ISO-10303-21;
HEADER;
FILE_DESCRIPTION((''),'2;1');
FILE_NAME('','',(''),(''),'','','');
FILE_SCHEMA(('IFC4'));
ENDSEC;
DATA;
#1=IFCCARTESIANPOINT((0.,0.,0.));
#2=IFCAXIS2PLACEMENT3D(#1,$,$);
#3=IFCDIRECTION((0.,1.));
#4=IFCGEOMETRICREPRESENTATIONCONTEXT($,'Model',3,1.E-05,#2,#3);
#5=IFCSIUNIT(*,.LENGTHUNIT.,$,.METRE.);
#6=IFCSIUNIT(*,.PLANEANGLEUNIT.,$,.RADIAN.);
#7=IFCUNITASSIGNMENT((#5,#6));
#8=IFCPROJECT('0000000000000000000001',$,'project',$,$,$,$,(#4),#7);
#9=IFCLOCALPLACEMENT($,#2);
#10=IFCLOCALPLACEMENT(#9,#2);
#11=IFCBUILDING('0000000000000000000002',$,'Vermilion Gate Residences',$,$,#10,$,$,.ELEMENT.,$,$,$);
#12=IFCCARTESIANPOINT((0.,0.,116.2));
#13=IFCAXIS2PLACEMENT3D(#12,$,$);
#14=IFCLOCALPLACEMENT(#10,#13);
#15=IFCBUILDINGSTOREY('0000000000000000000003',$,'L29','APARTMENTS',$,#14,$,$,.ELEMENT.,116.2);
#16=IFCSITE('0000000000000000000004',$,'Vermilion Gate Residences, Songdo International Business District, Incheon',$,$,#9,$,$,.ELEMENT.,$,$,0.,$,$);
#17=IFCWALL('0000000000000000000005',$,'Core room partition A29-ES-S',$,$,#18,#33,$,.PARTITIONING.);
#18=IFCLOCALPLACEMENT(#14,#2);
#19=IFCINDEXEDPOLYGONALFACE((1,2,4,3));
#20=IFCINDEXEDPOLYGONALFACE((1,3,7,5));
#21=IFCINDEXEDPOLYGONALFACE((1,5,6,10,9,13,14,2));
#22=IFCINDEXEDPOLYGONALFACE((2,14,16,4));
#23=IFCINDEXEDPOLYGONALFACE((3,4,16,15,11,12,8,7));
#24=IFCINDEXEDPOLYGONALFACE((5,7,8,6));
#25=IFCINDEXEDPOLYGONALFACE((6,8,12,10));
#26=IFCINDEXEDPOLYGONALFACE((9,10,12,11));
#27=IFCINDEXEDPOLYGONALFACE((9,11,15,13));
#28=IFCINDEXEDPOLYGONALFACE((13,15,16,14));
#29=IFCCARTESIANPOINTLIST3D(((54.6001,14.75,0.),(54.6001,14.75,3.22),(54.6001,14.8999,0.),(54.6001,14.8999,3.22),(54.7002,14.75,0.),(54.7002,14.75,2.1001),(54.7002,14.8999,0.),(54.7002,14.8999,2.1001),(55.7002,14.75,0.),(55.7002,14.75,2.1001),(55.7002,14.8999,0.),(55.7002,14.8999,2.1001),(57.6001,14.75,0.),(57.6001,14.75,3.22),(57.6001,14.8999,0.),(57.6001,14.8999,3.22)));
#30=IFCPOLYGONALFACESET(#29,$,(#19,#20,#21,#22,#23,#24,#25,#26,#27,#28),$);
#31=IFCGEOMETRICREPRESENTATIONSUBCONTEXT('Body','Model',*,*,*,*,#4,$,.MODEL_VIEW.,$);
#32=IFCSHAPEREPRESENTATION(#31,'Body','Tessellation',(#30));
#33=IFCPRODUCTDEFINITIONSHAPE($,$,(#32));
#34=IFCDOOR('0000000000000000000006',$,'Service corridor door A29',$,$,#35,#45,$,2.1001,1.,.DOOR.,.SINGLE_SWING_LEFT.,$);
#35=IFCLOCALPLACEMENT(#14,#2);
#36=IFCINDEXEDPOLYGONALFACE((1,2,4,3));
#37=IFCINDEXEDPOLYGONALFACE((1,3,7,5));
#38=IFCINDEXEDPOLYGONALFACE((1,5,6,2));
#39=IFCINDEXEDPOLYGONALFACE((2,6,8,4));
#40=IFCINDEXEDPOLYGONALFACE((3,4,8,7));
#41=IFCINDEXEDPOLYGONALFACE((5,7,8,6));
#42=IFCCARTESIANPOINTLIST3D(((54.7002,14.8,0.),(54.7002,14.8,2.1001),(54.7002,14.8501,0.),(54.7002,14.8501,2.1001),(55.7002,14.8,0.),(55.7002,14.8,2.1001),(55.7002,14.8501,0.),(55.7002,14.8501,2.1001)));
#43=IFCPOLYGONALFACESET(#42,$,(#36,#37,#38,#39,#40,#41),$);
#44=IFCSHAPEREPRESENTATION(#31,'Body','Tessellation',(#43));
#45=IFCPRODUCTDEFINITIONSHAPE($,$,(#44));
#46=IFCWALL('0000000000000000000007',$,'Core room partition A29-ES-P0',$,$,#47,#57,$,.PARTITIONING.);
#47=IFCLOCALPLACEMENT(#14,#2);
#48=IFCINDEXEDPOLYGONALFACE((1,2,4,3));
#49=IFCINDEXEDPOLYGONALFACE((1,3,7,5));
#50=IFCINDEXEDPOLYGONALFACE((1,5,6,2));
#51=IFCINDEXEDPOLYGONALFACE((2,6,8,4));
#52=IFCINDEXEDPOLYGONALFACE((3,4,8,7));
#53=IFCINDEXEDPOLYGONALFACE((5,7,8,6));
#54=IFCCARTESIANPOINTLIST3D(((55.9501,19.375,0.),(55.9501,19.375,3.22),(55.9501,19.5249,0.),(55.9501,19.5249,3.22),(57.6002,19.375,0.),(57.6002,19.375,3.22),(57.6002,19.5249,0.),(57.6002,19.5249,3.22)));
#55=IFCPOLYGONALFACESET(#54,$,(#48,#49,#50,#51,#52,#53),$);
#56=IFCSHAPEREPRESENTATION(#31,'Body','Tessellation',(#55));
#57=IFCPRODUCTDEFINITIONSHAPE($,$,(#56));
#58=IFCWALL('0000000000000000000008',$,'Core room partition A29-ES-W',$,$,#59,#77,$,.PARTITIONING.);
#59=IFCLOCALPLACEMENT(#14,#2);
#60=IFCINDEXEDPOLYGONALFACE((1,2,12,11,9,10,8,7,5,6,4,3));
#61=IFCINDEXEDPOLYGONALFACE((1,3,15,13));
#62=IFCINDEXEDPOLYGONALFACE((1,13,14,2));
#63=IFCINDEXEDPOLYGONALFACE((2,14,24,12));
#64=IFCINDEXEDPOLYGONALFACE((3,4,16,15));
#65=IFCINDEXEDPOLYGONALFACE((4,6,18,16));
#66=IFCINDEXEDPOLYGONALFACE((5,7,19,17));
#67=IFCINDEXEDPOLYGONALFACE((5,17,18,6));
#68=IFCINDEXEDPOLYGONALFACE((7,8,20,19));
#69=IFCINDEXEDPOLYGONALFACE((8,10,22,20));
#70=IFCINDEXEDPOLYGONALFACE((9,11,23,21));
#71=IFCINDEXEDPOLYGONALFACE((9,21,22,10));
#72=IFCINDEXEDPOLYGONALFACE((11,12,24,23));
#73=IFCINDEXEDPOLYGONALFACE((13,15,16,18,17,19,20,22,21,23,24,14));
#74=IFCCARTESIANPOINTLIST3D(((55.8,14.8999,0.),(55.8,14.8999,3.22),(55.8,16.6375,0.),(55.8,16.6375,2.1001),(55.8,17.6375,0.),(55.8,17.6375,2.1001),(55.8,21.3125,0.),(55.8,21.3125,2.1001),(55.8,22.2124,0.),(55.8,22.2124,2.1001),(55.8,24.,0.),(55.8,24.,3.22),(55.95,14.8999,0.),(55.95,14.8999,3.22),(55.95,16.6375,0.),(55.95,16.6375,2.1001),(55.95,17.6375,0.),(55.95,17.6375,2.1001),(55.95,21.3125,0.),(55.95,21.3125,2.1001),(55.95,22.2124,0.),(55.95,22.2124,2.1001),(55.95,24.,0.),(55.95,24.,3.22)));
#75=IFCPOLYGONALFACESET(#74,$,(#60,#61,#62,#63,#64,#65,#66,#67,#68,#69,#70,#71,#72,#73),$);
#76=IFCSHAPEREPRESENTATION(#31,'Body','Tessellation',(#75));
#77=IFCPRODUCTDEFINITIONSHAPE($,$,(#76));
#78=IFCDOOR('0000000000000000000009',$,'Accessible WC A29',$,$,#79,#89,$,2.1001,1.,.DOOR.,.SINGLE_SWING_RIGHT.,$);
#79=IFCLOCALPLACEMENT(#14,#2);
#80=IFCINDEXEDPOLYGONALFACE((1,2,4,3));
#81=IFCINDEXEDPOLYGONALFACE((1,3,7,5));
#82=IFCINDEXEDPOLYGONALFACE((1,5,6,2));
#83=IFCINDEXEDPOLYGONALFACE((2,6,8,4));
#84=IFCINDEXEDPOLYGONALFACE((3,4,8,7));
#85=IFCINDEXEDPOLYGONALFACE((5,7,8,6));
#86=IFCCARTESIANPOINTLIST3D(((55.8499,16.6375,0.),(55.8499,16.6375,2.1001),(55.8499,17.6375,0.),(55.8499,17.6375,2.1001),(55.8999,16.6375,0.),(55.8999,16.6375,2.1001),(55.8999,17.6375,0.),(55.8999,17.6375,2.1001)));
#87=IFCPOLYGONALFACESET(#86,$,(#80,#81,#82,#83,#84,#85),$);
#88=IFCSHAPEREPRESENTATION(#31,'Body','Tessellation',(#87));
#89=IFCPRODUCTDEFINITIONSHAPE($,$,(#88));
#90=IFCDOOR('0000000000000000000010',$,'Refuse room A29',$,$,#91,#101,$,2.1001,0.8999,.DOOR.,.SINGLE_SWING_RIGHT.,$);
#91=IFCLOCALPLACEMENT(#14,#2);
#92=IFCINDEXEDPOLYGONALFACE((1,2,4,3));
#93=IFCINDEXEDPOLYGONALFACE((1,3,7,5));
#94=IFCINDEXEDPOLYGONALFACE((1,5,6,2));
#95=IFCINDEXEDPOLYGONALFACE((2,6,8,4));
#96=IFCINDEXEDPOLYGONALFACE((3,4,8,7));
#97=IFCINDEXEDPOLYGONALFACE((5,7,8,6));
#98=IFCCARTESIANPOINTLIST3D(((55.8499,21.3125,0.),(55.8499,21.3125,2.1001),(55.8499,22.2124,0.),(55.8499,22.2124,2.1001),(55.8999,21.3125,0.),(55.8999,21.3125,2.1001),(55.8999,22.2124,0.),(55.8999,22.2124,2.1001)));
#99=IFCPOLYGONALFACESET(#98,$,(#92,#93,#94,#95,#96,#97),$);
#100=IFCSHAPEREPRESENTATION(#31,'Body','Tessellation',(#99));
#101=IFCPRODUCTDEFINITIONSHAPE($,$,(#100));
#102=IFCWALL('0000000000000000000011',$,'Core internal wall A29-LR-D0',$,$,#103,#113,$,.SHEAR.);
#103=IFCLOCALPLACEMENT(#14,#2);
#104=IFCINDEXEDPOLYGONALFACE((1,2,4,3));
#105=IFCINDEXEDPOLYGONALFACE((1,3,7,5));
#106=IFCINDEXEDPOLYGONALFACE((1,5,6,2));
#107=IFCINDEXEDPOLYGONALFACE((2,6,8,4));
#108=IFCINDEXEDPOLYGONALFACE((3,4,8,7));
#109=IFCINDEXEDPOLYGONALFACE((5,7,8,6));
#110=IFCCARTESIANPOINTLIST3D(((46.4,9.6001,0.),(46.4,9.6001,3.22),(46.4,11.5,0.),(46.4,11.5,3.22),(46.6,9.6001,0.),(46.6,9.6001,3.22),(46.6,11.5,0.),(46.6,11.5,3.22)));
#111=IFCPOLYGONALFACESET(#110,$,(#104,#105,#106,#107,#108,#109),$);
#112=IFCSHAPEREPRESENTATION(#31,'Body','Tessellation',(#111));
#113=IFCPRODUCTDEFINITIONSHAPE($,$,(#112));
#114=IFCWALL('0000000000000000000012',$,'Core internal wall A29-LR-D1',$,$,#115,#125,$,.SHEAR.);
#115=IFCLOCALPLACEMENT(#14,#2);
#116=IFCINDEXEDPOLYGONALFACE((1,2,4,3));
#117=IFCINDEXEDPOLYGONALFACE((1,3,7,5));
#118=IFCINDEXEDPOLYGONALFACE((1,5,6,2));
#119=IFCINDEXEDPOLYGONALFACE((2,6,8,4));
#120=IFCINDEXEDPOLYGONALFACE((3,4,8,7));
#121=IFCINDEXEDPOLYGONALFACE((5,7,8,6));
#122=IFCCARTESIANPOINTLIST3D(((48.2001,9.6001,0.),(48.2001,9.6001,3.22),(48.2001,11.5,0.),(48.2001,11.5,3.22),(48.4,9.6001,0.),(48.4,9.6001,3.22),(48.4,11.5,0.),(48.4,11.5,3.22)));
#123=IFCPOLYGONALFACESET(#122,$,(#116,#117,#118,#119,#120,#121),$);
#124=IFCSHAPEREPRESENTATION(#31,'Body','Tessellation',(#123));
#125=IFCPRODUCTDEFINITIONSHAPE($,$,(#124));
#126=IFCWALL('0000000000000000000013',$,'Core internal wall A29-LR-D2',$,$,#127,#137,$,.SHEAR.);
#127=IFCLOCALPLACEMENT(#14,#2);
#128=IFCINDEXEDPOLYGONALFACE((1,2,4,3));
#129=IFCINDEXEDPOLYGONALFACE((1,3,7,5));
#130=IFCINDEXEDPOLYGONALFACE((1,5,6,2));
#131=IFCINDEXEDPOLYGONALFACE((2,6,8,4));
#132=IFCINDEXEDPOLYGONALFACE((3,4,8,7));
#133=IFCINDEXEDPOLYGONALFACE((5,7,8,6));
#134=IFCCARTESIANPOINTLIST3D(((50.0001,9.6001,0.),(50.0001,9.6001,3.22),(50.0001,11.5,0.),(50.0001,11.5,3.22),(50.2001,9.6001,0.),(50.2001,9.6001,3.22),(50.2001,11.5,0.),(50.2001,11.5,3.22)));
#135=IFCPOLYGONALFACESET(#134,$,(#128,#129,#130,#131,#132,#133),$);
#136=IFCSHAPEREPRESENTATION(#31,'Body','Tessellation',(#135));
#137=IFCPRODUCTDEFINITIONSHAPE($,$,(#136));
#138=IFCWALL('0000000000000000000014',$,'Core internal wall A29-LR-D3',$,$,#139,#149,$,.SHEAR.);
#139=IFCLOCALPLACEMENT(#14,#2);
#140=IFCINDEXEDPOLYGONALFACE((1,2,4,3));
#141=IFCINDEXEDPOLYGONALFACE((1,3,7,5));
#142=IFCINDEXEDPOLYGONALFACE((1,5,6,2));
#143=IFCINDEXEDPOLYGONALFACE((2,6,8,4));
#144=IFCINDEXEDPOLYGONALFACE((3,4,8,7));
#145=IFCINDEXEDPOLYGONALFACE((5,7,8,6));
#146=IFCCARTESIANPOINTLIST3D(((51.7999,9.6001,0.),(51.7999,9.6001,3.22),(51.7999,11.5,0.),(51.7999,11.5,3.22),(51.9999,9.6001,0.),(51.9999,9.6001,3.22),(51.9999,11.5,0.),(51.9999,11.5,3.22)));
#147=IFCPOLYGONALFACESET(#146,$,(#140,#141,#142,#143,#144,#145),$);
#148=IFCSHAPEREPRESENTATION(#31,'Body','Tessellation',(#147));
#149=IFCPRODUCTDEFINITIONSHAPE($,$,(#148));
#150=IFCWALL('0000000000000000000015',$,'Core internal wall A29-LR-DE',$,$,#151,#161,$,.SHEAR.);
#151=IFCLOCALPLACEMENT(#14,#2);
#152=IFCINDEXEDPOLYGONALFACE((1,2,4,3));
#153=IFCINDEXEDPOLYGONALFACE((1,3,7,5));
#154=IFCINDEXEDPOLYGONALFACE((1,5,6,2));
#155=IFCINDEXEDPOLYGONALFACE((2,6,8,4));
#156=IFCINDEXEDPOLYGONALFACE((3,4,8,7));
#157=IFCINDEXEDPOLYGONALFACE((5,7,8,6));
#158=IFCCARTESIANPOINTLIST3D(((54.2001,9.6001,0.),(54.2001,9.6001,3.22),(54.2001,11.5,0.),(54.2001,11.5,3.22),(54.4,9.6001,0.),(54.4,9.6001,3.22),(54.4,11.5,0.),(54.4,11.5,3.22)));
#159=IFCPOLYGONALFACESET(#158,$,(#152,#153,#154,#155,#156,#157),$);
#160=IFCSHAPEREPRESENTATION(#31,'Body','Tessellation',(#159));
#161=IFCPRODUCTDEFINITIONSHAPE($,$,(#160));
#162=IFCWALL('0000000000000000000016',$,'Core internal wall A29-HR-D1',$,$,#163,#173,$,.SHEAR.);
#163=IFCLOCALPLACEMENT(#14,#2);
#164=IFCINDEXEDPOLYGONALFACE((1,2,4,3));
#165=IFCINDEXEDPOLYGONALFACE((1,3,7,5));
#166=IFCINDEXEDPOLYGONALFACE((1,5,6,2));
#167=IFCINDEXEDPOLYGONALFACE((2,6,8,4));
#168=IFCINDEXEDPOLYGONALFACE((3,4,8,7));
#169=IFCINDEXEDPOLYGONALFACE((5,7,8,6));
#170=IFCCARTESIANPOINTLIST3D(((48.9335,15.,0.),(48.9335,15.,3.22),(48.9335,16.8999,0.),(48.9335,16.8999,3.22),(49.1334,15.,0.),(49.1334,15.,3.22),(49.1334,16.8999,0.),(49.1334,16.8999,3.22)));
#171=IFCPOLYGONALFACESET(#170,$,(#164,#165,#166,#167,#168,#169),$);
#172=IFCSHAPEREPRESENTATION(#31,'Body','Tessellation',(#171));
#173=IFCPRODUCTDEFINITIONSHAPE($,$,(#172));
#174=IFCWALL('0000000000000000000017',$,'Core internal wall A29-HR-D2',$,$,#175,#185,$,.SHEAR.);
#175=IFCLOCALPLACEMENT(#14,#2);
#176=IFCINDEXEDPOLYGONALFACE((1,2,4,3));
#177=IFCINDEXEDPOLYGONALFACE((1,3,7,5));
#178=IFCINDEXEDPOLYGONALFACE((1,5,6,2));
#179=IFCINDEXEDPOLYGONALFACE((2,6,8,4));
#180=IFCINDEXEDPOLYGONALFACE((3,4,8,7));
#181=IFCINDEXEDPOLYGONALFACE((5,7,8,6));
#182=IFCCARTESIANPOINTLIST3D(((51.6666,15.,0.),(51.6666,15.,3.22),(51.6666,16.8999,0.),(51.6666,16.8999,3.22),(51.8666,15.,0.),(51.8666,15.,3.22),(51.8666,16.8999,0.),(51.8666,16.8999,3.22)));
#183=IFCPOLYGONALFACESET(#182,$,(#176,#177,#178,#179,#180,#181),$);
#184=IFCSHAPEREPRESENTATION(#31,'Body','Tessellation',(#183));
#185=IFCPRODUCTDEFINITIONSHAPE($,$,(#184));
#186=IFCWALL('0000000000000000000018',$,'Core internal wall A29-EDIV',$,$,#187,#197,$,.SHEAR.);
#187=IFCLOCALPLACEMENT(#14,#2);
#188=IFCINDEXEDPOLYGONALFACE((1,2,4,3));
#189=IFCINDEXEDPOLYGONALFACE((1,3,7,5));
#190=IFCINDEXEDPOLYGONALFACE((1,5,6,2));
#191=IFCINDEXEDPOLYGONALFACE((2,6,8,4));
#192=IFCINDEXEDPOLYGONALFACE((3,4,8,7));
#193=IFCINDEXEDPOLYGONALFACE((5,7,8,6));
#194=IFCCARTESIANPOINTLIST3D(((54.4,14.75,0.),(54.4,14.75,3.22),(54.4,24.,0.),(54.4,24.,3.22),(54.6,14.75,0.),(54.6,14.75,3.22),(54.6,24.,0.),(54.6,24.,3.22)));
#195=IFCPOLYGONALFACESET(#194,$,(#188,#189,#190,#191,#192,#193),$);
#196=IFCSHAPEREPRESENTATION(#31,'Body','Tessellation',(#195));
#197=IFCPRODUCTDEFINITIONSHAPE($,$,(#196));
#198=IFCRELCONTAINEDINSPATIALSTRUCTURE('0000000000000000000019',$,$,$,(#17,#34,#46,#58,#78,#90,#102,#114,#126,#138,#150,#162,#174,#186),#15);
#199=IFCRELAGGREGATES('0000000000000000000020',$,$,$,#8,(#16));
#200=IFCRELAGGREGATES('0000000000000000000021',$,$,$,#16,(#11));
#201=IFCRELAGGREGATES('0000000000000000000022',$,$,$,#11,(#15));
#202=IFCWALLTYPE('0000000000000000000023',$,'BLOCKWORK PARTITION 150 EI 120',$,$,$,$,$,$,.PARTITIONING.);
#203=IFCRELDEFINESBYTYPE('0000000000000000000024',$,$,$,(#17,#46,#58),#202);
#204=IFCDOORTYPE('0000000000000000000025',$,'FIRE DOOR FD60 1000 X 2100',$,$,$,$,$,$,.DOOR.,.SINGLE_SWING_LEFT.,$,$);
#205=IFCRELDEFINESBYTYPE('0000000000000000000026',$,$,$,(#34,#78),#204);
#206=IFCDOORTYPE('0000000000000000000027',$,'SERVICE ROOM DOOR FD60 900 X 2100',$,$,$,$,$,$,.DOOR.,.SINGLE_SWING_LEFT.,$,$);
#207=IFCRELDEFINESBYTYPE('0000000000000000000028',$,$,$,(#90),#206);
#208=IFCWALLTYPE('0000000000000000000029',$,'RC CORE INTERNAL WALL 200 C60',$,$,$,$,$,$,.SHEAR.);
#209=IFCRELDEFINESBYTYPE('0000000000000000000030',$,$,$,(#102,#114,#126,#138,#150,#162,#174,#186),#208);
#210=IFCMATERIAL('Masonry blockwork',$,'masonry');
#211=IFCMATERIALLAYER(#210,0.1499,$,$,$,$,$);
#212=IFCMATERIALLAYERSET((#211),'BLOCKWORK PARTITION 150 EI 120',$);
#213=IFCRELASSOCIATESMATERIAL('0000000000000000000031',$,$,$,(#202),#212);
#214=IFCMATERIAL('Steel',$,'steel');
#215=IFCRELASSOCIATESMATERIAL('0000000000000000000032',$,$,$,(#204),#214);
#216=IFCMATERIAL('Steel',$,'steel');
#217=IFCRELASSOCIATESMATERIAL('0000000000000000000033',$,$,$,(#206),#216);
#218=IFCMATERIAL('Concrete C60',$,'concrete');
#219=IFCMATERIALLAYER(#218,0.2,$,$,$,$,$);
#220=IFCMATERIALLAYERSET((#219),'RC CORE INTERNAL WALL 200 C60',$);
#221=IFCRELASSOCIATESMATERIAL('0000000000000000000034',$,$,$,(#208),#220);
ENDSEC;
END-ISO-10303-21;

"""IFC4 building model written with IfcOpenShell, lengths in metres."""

from ifc_helpers import new_model, si_unit, direction, frame, frame_2d, origin, place, context, subcontext, project, spatial, rectangle, extrude, material, layer, layer_set, type_object, element, fill, save


model = new_model("IFC4")

# Units and contexts
model_context = context("Model", 3, precision=1e-05, world=origin(), true_north=direction((0.0, 1.0)))
body_context = subcontext(model_context, "Body", "Model", "MODEL_VIEW")
ifc_project = project(units=[si_unit("LENGTHUNIT", "METRE"), si_unit("PLANEANGLEUNIT", "RADIAN")], contexts=[model_context])

# Site, building, storey
site_placement = place(None, origin())
site = spatial("IfcSite", under=ifc_project, at=site_placement, Name="Vermilion Gate Residences, Songdo International Business District, Incheon", CompositionType="ELEMENT", RefElevation=0.0)
building_placement = place(site_placement, origin())
building = spatial("IfcBuilding", under=site, at=building_placement, Name="Vermilion Gate Residences", CompositionType="ELEMENT")
storey_placement = place(building_placement, frame((0.0, 0.0, 116.2)))
storey = spatial("IfcBuildingStorey", under=building, at=storey_placement, Name="L29", Description="APARTMENTS", CompositionType="ELEMENT", Elevation=116.2)

# Wall, opening, door
ifc_material_1 = material(Name="Masonry blockwork", Category="masonry")
ifc_layer_1 = layer(ifc_material_1, 0.1499)
ifc_layer_set_1 = layer_set([ifc_layer_1], Name="BLOCKWORK PARTITION 150 EI 120")
wall_type_1 = type_object("IfcWallType", Name="BLOCKWORK PARTITION 150 EI 120", PredefinedType="PARTITIONING", material=ifc_layer_set_1)
wall_1_placement = place(storey_placement, frame((54.6001, 14.825, 0.0), z_axis=(0.0, 0.0, 1.0), x_axis=(1.0, 0.0, 0.0)))
wall_1 = element("IfcWall", 1, at=wall_1_placement, inside=storey, type_object=wall_type_1, Name="Core room partition A29-ES-S", PredefinedType="PARTITIONING", context=body_context, shape_type="SweptSolid", body=[
    extrude(rectangle(XDim=3.0, YDim=0.1499, at=frame_2d((1.5, 0.0))), origin(), (0.0, 0.0, 1.0), 3.22),
])
opening_1_placement = place(wall_1_placement, frame((0.1001, 0.0, 0.0)))
opening_1 = element("IfcOpeningElement", 2, at=opening_1_placement, cuts=wall_1, PredefinedType="OPENING", context=body_context, shape_type="SweptSolid", body=[
    extrude(rectangle(XDim=1.0, YDim=2.1001, at=frame_2d((0.5, 1.05))), frame((0.0, 0.085, 0.0), z_axis=(0.0, -1.0, 0.0), x_axis=(1.0, 0.0, 0.0)), (0.0, 0.0, 1.0), 0.1699),
])
ifc_material_2 = material(Name="Steel", Category="steel")
door_type_1 = type_object("IfcDoorType", Name="FIRE DOOR FD60 1000 X 2100", OperationType="SINGLE_SWING_LEFT", PredefinedType="DOOR", material=ifc_material_2)
door_1_placement = place(opening_1_placement, frame((1.0, 0.0, 0.0), z_axis=(0.0, 0.0, 1.0), x_axis=(-1.0, 0.0, 0.0)))
door_1 = element("IfcDoor", 3, at=door_1_placement, inside=storey, type_object=door_type_1, Name="Service corridor door A29", OperationType="SINGLE_SWING_LEFT", OverallHeight=2.1001, OverallWidth=1.0, PredefinedType="DOOR", context=body_context, shape_type="SweptSolid", body=[
    extrude(rectangle(XDim=1.0, YDim=2.1001, at=frame_2d((0.5, 1.05))), frame((0.0, 0.0249, 0.0), z_axis=(0.0, -1.0, 0.0), x_axis=(1.0, 0.0, 0.0)), (0.0, 0.0, 1.0), 0.05),
])
fill(opening_1, door_1)

# Wall
wall_2_placement = place(storey_placement, frame((55.95, 19.45, 0.0), z_axis=(0.0, 0.0, 1.0), x_axis=(1.0, 0.0, 0.0)))
element("IfcWall", 4, at=wall_2_placement, inside=storey, type_object=wall_type_1, Name="Core room partition A29-ES-P0", PredefinedType="PARTITIONING", context=body_context, shape_type="SweptSolid", body=[
    extrude(rectangle(XDim=1.6501, YDim=0.1499, at=frame_2d((0.8252, 0.0))), origin(), (0.0, 0.0, 1.0), 3.22),
])

# Wall, openings, doors
wall_3_placement = place(storey_placement, frame((55.875, 14.8999, 0.0), z_axis=(0.0, 0.0, 1.0), x_axis=(0.0, 1.0, 0.0)))
wall_3 = element("IfcWall", 5, at=wall_3_placement, inside=storey, type_object=wall_type_1, Name="Core room partition A29-ES-W", PredefinedType="PARTITIONING", context=body_context, shape_type="SweptSolid", body=[
    extrude(rectangle(XDim=9.1001, YDim=0.1499, at=frame_2d((4.55, 0.0))), origin(), (0.0, 0.0, 1.0), 3.22),
])
opening_2_placement = place(wall_3_placement, frame((1.7375, 0.0, 0.0)))
opening_2 = element("IfcOpeningElement", 6, at=opening_2_placement, cuts=wall_3, PredefinedType="OPENING", context=body_context, shape_type="SweptSolid", body=[
    extrude(rectangle(XDim=1.0, YDim=2.1001, at=frame_2d((0.5, 1.05))), frame((0.0, 0.085, 0.0), z_axis=(0.0, -1.0, 0.0), x_axis=(1.0, 0.0, 0.0)), (0.0, 0.0, 1.0), 0.1699),
])
opening_3_placement = place(wall_3_placement, frame((6.4126, 0.0, 0.0)))
opening_3 = element("IfcOpeningElement", 7, at=opening_3_placement, cuts=wall_3, PredefinedType="OPENING", context=body_context, shape_type="SweptSolid", body=[
    extrude(rectangle(XDim=0.8999, YDim=2.1001, at=frame_2d((0.45, 1.05))), frame((0.0, 0.085, 0.0), z_axis=(0.0, -1.0, 0.0), x_axis=(1.0, 0.0, 0.0)), (0.0, 0.0, 1.0), 0.1699),
])
door_2_placement = place(opening_2_placement, frame((1.0, 0.0, 0.0), z_axis=(0.0, 0.0, 1.0), x_axis=(-1.0, 0.0, 0.0)))
door_2 = element("IfcDoor", 8, at=door_2_placement, inside=storey, type_object=door_type_1, Name="Accessible WC A29", OperationType="SINGLE_SWING_RIGHT", OverallHeight=2.1001, OverallWidth=1.0, PredefinedType="DOOR", context=body_context, shape_type="SweptSolid", body=[
    extrude(rectangle(XDim=1.0, YDim=2.1001, at=frame_2d((0.5, 1.05))), frame((0.0, 0.0249, 0.0), z_axis=(0.0, -1.0, 0.0), x_axis=(1.0, 0.0, 0.0)), (0.0, 0.0, 1.0), 0.05),
])
fill(opening_2, door_2)
ifc_material_3 = material(Name="Steel", Category="steel")
door_type_2 = type_object("IfcDoorType", Name="SERVICE ROOM DOOR FD60 900 X 2100", OperationType="SINGLE_SWING_LEFT", PredefinedType="DOOR", material=ifc_material_3)
door_3_placement = place(opening_3_placement, frame((0.8999, 0.0, 0.0), z_axis=(0.0, 0.0, 1.0), x_axis=(-1.0, 0.0, 0.0)))
door_3 = element("IfcDoor", 9, at=door_3_placement, inside=storey, type_object=door_type_2, Name="Refuse room A29", OperationType="SINGLE_SWING_RIGHT", OverallHeight=2.1001, OverallWidth=0.8999, PredefinedType="DOOR", context=body_context, shape_type="SweptSolid", body=[
    extrude(rectangle(XDim=0.8999, YDim=2.1001, at=frame_2d((0.45, 1.05))), frame((0.0, 0.0249, 0.0), z_axis=(0.0, -1.0, 0.0), x_axis=(1.0, 0.0, 0.0)), (0.0, 0.0, 1.0), 0.05),
])
fill(opening_3, door_3)

# Walls
ifc_material_4 = material(Name="Concrete C60", Category="concrete")
ifc_layer_2 = layer(ifc_material_4, 0.2)
ifc_layer_set_2 = layer_set([ifc_layer_2], Name="RC CORE INTERNAL WALL 200 C60")
wall_type_2 = type_object("IfcWallType", Name="RC CORE INTERNAL WALL 200 C60", PredefinedType="SHEAR", material=ifc_layer_set_2)
for number, where, z_axis, x_axis, name in (
    (10, (46.5, 9.6001, 0.0), (0.0, 0.0, 1.0), (0.0, 1.0, 0.0), "Core internal wall A29-LR-D0"),
    (11, (48.3, 9.6001, 0.0), (0.0, 0.0, 1.0), (0.0, 1.0, 0.0), "Core internal wall A29-LR-D1"),
    (12, (50.1001, 9.6001, 0.0), (0.0, 0.0, 1.0), (0.0, 1.0, 0.0), "Core internal wall A29-LR-D2"),
    (13, (51.8999, 9.6001, 0.0), (0.0, 0.0, 1.0), (0.0, 1.0, 0.0), "Core internal wall A29-LR-D3"),
    (14, (54.3, 9.6001, 0.0), (0.0, 0.0, 1.0), (0.0, 1.0, 0.0), "Core internal wall A29-LR-DE"),
    (15, (49.0334, 15.0, 0.0), (0.0, 0.0, 1.0), (0.0, 1.0, 0.0), "Core internal wall A29-HR-D1"),
    (16, (51.7666, 15.0, 0.0), (0.0, 0.0, 1.0), (0.0, 1.0, 0.0), "Core internal wall A29-HR-D2"),
):
    element("IfcWall", number, at=place(storey_placement, frame(where, z_axis=z_axis, x_axis=x_axis)), inside=storey, type_object=wall_type_2, Name=name, PredefinedType="SHEAR", context=body_context, shape_type="SweptSolid", body=[
        extrude(rectangle(XDim=1.8999, YDim=0.2, at=frame_2d((0.95, 0.0))), origin(), (0.0, 0.0, 1.0), 3.22),
    ])
wall_4_placement = place(storey_placement, frame((54.5, 14.75, 0.0), z_axis=(0.0, 0.0, 1.0), x_axis=(0.0, 1.0, 0.0)))
element("IfcWall", 17, at=wall_4_placement, inside=storey, type_object=wall_type_2, Name="Core internal wall A29-EDIV", PredefinedType="SHEAR", context=body_context, shape_type="SweptSolid", body=[
    extrude(rectangle(XDim=9.25, YDim=0.2, at=frame_2d((4.625, 0.0))), origin(), (0.0, 0.0, 1.0), 3.22),
])

save(model, "model.ifc")
